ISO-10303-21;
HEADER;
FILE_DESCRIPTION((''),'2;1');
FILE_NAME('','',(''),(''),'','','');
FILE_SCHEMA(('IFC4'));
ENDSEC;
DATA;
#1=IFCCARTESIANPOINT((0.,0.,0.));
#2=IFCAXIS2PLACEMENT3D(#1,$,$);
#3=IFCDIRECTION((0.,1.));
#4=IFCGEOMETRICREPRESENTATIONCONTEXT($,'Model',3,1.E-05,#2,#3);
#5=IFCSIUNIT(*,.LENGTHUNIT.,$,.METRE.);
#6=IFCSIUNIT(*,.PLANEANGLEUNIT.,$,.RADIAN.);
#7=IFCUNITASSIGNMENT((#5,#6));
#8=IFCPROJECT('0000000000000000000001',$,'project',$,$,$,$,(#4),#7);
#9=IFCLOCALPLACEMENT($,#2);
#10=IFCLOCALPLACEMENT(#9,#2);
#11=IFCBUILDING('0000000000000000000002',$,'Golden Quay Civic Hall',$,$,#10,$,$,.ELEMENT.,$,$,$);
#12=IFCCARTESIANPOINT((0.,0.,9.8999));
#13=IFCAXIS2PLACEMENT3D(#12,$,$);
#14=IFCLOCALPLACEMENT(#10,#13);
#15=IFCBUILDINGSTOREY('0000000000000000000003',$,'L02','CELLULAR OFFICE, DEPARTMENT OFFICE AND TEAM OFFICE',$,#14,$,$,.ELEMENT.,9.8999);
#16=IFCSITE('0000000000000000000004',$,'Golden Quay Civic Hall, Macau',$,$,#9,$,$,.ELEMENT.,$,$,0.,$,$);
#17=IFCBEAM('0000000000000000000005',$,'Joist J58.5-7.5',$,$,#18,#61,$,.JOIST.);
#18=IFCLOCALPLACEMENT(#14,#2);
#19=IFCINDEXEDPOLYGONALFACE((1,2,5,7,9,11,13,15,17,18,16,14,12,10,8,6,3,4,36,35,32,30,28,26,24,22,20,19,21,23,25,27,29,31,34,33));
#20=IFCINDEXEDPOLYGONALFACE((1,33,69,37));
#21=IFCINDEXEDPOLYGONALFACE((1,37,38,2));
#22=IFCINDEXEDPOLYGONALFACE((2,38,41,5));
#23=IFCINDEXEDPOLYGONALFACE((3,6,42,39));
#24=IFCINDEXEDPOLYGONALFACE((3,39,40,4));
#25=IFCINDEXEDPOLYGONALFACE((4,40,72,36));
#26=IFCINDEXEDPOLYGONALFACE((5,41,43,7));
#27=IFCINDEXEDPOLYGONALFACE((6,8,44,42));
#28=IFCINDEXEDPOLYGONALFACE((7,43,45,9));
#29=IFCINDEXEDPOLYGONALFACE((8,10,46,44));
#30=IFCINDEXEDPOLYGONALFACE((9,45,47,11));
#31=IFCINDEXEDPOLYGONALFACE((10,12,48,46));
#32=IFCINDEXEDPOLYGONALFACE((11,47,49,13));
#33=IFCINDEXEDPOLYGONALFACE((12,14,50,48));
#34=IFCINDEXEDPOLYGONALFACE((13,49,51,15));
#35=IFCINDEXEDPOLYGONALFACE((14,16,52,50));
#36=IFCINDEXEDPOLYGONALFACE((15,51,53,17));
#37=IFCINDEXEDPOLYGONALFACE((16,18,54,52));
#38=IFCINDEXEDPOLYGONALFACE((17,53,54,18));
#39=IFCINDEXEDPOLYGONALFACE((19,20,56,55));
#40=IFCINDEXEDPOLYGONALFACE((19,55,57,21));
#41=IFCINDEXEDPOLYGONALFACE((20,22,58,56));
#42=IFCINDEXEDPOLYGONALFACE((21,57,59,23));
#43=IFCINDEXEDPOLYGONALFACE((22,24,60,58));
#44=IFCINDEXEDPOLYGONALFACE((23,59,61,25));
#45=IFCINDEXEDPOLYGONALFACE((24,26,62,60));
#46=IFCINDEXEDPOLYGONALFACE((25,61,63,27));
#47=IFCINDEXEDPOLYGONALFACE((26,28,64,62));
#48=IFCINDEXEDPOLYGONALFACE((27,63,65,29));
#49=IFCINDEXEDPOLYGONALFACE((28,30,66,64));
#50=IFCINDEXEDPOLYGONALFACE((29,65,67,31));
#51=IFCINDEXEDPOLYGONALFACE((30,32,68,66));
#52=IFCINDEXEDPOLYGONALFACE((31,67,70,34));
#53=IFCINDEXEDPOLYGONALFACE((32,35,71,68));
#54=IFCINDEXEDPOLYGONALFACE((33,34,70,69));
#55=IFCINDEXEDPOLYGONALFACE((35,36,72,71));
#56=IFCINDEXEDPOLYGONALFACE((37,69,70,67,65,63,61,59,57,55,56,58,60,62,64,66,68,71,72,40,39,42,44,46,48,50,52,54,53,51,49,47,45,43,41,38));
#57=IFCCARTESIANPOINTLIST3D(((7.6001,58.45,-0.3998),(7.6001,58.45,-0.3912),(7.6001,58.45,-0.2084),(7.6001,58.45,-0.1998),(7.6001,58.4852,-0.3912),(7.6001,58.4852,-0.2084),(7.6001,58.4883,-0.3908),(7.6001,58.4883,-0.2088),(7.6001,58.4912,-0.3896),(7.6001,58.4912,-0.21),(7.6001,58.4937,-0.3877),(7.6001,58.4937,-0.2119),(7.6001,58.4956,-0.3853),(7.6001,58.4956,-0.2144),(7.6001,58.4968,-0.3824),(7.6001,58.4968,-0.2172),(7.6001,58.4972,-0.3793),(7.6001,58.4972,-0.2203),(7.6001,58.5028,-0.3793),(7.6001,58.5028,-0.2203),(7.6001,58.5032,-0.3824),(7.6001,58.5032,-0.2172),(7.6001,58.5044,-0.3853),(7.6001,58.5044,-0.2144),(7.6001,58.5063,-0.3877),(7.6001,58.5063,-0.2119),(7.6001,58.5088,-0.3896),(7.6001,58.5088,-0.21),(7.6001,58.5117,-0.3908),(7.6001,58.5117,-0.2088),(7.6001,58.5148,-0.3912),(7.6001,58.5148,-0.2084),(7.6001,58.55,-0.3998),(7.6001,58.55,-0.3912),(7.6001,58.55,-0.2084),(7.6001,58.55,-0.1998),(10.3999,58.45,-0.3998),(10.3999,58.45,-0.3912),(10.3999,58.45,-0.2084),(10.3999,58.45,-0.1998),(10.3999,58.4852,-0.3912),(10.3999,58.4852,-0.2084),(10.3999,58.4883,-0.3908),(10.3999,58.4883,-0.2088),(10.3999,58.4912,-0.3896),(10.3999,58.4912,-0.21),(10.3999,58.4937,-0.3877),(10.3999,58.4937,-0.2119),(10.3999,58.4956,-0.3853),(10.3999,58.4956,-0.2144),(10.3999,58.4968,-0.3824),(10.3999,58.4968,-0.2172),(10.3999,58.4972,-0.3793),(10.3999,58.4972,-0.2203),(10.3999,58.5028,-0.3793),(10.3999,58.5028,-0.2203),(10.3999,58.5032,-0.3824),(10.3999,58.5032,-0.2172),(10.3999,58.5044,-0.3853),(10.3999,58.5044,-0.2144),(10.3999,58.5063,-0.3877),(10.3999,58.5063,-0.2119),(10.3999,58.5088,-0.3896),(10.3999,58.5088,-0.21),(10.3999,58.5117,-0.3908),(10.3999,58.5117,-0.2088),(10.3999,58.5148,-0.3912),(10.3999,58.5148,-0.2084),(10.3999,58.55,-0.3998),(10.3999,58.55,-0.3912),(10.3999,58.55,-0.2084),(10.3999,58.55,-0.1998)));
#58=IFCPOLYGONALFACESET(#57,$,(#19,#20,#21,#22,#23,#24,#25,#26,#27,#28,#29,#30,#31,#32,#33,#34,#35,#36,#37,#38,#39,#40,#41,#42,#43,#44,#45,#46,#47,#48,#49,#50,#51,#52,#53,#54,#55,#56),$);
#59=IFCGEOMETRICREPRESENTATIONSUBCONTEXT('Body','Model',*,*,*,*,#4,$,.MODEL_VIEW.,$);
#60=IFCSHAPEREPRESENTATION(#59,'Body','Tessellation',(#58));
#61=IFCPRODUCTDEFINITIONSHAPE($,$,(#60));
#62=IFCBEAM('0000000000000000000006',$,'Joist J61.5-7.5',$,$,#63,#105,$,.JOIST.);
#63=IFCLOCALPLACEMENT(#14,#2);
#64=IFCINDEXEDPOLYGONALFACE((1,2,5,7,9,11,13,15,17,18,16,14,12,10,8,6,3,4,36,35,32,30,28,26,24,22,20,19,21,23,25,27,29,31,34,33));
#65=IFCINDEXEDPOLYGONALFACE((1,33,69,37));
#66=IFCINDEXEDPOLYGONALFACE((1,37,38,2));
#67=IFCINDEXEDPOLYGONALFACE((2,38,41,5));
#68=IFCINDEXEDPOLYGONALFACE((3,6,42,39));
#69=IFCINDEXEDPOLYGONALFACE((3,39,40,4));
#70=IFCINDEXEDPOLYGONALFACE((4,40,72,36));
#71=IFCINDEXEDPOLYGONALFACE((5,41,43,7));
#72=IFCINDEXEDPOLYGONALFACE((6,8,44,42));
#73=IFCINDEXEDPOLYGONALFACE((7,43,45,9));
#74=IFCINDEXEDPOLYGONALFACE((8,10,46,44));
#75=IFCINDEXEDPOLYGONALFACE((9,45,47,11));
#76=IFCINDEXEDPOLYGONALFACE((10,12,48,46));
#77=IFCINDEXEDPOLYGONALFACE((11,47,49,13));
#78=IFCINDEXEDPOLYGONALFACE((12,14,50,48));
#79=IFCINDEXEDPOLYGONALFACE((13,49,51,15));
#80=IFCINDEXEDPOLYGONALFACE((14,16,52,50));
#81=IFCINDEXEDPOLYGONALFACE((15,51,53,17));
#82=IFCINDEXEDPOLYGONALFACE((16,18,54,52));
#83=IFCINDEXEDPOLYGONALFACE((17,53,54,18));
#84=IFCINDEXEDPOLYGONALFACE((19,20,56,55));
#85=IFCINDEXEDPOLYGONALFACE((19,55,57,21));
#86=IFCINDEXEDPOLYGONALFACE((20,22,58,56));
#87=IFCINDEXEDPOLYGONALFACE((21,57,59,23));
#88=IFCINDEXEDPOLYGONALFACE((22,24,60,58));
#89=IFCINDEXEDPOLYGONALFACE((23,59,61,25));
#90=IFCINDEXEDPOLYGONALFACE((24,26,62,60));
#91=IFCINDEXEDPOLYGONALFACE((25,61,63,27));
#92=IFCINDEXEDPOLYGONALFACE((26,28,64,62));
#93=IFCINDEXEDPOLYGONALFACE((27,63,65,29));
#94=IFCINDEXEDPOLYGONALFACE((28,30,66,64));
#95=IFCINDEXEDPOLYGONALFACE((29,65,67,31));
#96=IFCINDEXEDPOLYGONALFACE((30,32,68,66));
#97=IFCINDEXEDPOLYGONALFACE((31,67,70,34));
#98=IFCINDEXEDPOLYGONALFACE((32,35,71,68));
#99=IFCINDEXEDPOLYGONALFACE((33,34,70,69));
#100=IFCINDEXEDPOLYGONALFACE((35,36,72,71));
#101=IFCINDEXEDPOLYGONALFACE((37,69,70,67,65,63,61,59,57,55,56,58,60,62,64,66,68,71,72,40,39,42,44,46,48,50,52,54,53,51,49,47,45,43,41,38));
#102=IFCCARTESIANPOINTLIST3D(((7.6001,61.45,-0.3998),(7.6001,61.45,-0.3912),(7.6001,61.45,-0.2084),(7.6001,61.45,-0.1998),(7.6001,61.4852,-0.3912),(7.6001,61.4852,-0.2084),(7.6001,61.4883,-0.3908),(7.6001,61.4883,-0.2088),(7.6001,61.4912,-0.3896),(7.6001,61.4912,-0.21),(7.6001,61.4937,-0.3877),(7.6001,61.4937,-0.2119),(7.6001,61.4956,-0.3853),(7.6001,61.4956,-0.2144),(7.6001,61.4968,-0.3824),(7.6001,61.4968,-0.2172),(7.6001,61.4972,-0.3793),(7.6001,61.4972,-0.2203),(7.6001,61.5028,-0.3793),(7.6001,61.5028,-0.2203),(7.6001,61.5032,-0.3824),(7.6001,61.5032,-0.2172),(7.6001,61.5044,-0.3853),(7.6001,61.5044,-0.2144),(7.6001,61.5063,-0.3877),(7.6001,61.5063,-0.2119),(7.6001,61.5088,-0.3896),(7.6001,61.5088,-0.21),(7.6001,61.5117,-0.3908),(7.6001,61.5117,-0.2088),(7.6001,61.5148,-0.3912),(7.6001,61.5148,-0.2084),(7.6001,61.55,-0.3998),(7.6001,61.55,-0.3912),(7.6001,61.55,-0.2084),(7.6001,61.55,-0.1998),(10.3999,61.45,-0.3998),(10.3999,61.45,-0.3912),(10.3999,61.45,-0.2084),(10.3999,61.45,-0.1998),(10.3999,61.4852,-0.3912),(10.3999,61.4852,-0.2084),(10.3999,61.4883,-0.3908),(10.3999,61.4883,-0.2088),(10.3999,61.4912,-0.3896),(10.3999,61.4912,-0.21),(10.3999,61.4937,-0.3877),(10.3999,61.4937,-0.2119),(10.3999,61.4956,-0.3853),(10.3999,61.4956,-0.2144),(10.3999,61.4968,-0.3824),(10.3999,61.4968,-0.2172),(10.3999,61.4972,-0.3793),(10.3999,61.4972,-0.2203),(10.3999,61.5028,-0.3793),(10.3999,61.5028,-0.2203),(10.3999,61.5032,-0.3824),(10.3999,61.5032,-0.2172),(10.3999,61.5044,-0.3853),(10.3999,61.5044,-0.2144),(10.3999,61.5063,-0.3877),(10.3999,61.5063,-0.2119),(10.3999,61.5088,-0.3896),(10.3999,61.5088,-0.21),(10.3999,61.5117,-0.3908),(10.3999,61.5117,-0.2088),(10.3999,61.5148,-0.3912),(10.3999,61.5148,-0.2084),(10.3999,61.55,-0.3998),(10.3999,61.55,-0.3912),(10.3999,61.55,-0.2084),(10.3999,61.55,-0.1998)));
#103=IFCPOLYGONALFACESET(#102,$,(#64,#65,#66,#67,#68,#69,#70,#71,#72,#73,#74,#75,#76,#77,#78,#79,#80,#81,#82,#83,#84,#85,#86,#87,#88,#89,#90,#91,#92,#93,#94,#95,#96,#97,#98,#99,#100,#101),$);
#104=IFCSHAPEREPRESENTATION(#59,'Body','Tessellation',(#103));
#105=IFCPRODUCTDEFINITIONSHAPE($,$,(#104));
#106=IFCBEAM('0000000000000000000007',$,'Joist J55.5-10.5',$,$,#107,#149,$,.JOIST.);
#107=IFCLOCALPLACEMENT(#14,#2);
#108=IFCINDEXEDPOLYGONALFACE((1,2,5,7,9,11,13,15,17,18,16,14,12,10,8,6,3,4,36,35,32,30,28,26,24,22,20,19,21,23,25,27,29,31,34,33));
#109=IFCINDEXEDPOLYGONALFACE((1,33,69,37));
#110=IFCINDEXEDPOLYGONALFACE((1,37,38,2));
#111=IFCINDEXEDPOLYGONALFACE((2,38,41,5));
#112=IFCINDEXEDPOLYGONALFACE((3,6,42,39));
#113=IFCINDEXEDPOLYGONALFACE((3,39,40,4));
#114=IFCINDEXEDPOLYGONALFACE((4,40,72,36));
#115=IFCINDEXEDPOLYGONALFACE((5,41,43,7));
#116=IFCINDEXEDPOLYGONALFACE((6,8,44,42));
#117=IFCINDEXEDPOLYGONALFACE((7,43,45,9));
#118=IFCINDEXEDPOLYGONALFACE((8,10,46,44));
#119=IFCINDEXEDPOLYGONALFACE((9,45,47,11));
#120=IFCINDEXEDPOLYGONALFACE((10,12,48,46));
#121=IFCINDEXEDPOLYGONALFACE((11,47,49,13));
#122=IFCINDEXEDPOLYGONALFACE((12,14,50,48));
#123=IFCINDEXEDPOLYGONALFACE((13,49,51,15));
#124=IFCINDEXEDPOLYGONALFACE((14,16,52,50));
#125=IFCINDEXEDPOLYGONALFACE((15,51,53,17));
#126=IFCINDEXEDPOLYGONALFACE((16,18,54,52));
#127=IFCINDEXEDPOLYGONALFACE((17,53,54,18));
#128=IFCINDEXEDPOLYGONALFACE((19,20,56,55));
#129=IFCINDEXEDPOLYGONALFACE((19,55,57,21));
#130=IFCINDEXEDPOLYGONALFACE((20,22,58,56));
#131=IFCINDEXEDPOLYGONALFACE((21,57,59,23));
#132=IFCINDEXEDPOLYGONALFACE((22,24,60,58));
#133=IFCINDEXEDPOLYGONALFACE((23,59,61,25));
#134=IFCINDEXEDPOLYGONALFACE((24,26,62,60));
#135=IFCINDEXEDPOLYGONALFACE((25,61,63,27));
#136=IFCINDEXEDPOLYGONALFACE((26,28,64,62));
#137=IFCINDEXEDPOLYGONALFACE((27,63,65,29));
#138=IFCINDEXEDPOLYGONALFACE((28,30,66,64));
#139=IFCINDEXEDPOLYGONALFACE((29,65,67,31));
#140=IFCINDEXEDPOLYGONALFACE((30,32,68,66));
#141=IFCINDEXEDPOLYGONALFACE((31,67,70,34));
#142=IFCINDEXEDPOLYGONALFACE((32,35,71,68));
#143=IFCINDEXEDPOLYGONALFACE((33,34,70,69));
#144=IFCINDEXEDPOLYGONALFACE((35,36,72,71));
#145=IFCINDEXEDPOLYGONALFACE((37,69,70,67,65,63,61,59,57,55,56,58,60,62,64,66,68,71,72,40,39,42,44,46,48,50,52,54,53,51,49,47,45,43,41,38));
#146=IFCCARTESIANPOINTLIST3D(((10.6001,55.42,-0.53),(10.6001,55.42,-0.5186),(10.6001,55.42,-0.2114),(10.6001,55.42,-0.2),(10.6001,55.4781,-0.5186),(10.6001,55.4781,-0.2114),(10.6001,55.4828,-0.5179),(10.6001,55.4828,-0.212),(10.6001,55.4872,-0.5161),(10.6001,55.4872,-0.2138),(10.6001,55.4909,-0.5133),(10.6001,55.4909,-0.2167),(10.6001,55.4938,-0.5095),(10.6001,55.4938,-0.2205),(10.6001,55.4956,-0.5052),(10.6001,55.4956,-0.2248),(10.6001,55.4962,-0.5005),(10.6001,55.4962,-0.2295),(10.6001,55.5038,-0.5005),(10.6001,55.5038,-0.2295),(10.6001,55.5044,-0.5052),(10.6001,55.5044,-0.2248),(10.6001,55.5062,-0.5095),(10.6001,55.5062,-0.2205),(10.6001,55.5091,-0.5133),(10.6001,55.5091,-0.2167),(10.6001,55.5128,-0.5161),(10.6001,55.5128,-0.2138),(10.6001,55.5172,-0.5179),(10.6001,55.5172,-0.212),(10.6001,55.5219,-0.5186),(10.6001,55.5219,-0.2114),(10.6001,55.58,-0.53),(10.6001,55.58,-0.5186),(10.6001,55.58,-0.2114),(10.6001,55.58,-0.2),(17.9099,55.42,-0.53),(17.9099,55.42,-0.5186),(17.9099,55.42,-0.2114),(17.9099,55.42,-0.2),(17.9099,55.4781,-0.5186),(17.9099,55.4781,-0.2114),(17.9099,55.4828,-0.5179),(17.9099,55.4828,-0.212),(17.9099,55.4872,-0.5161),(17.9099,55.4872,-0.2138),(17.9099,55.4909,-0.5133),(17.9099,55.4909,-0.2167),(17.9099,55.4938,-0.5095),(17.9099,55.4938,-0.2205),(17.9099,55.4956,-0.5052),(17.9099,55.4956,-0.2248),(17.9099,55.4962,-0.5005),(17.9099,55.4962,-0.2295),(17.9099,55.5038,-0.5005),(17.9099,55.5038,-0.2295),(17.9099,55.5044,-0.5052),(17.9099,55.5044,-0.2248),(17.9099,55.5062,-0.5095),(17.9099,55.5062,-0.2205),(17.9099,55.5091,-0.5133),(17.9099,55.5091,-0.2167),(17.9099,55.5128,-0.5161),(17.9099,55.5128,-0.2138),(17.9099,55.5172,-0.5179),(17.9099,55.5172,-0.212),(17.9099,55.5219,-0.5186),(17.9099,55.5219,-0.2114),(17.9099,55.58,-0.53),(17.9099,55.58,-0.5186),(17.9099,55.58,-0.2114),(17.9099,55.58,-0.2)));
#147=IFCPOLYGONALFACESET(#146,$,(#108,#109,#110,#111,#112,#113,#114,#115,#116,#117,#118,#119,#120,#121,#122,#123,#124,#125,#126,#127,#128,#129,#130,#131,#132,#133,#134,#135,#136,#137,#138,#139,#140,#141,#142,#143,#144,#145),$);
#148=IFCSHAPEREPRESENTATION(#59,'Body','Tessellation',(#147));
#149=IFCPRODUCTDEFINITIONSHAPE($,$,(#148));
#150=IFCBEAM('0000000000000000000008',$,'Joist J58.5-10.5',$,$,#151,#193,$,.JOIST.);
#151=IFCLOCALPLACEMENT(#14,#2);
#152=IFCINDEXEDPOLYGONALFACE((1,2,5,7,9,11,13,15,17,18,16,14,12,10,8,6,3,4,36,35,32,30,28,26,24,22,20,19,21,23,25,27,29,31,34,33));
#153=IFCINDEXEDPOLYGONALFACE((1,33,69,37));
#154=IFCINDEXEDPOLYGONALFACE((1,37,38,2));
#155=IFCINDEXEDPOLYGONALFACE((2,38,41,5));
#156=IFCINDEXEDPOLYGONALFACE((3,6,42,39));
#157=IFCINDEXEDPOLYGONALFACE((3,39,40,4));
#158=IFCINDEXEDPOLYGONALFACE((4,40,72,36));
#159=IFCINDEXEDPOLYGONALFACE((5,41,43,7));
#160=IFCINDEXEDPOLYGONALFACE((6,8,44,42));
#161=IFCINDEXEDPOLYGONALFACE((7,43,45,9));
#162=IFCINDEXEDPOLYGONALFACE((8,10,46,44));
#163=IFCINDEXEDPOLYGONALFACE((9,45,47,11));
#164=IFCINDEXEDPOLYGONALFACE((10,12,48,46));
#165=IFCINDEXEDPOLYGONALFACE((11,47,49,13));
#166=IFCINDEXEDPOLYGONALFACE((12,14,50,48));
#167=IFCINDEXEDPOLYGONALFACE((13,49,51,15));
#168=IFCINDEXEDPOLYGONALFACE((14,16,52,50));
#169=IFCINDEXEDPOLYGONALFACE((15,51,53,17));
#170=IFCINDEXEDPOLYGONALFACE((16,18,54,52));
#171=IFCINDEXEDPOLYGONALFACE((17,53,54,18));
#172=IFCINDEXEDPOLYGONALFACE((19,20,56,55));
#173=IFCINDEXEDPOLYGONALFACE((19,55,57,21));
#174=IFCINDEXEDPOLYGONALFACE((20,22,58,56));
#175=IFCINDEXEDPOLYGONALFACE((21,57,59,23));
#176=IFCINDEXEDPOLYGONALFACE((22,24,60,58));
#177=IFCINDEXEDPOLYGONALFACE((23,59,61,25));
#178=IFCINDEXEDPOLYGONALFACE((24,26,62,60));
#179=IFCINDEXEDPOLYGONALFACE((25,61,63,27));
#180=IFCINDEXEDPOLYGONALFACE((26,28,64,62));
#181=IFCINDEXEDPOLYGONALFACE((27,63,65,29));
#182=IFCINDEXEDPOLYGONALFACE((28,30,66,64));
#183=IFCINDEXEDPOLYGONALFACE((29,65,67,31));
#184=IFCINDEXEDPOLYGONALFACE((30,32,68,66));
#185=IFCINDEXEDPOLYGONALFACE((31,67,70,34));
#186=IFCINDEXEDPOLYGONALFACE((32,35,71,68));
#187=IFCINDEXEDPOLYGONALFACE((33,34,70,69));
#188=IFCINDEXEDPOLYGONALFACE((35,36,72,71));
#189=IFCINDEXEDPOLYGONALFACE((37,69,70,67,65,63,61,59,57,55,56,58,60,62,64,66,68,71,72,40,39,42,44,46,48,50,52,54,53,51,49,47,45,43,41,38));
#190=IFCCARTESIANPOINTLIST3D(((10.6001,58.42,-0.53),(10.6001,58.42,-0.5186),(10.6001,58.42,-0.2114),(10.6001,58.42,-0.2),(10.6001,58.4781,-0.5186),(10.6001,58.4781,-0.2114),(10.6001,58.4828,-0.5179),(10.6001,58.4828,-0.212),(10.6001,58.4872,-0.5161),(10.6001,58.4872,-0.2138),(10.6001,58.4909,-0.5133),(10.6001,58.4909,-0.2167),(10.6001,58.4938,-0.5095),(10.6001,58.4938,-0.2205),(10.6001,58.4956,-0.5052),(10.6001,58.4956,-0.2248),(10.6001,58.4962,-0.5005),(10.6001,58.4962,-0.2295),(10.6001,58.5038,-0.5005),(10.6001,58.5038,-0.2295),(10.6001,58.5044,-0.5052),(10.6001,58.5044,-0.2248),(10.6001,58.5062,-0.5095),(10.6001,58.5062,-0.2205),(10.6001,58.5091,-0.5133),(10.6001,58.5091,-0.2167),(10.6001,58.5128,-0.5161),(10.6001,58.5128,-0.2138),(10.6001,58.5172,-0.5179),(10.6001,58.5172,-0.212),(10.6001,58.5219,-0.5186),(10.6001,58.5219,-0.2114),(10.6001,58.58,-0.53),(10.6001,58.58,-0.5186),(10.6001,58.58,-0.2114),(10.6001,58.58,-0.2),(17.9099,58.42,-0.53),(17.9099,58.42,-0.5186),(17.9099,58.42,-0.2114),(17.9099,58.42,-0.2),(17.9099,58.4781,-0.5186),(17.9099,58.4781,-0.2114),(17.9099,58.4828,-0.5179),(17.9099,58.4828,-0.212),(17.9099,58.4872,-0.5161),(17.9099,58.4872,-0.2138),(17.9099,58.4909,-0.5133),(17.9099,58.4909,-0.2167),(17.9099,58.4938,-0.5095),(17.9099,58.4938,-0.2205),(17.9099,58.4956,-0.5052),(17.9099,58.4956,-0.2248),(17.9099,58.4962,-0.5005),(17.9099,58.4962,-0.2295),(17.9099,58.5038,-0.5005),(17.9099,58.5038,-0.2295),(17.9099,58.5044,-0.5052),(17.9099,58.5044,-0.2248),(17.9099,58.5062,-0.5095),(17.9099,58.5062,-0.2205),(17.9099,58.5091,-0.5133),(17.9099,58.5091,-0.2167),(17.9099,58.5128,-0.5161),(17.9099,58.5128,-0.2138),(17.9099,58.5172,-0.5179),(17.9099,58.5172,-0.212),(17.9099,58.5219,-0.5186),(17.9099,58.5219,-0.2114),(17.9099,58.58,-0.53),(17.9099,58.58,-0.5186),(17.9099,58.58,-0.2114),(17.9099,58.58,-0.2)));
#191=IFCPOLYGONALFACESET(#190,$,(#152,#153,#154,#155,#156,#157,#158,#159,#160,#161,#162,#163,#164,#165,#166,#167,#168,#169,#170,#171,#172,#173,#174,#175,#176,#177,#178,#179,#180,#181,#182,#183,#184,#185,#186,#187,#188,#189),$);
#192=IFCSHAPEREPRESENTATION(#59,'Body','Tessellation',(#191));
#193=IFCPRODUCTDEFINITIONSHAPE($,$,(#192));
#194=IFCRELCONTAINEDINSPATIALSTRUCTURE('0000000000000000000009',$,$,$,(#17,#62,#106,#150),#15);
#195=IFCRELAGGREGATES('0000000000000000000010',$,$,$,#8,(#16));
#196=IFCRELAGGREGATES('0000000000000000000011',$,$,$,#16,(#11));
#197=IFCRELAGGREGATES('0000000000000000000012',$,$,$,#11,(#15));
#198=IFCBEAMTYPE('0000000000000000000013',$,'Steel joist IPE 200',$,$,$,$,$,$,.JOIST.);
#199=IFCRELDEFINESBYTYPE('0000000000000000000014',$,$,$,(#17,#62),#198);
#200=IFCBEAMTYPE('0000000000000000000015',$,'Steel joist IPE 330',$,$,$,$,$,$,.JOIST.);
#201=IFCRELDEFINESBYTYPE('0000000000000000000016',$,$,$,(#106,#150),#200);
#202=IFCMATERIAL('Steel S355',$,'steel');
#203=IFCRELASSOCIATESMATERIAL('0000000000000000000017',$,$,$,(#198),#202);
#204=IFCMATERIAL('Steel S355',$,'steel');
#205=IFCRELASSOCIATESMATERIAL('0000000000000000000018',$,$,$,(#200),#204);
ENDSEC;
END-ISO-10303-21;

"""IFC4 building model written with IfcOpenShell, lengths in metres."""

from ifc_helpers import new_model, si_unit, direction, frame, origin, origin_2d, place, context, subcontext, project, spatial, i_section, extrude, material, material_profile, profile_set, type_object, element, save


model = new_model("IFC4")

# Units and contexts
model_context = context("Model", 3, precision=1e-05, world=origin(), true_north=direction((0.0, 1.0)))
body_context = subcontext(model_context, "Body", "Model", "MODEL_VIEW")
ifc_project = project(units=[si_unit("LENGTHUNIT", "METRE"), si_unit("PLANEANGLEUNIT", "RADIAN")], contexts=[model_context])

# Site, building, storey
site_placement = place(None, origin())
site = spatial("IfcSite", under=ifc_project, at=site_placement, Name="Golden Quay Civic Hall, Macau", CompositionType="ELEMENT", RefElevation=0.0)
building_placement = place(site_placement, origin())
building = spatial("IfcBuilding", under=site, at=building_placement, Name="Golden Quay Civic Hall", CompositionType="ELEMENT")
storey_placement = place(building_placement, frame((0.0, 0.0, 9.8999)))
storey = spatial("IfcBuildingStorey", under=building, at=storey_placement, Name="L02", Description="CELLULAR OFFICE, DEPARTMENT OFFICE AND TEAM OFFICE", CompositionType="ELEMENT", Elevation=9.8999)

# Beams
ifc_material_1 = material(Name="Steel S355", Category="steel")
ifc_material_profile_1 = material_profile(ifc_material_1, i_section(OverallWidth=0.1001, OverallDepth=0.2, WebThickness=0.0056, FlangeThickness=0.0085, FilletRadius=0.012, at=origin_2d()), Name="IPE 200")
ifc_profile_set_1 = profile_set([ifc_material_profile_1], Name="Steel S355")
beam_type_1 = type_object("IfcBeamType", Name="Steel joist IPE 200", PredefinedType="JOIST", material=ifc_profile_set_1)
for number, where, z_axis, x_axis, name in (
    (1, (7.6001, 58.5, -0.2998), (1.0, 0.0, 0.0), (0.0, 1.0, 0.0), "Joist J58.5-7.5"),
    (2, (7.6001, 61.5, -0.2998), (1.0, 0.0, 0.0), (0.0, 1.0, 0.0), "Joist J61.5-7.5"),
):
    element("IfcBeam", number, at=place(storey_placement, frame(where, z_axis=z_axis, x_axis=x_axis)), inside=storey, type_object=beam_type_1, Name=name, PredefinedType="JOIST", context=body_context, shape_type="SweptSolid", body=[
        extrude(i_section(OverallWidth=0.1001, OverallDepth=0.2, WebThickness=0.0056, FlangeThickness=0.0085, FilletRadius=0.012, at=origin_2d()), origin(), (0.0, 0.0, 1.0), 2.7998),
    ])
ifc_material_2 = material(Name="Steel S355", Category="steel")
ifc_material_profile_2 = material_profile(ifc_material_2, i_section(OverallWidth=0.1599, OverallDepth=0.3301, WebThickness=0.0076, FlangeThickness=0.0115, FilletRadius=0.0181, at=origin_2d()), Name="IPE 330")
ifc_profile_set_2 = profile_set([ifc_material_profile_2], Name="Steel S355")
beam_type_2 = type_object("IfcBeamType", Name="Steel joist IPE 330", PredefinedType="JOIST", material=ifc_profile_set_2)
for number, where, z_axis, x_axis, name in (
    (3, (10.6001, 55.5, -0.365), (1.0, 0.0, 0.0), (0.0, 1.0, 0.0), "Joist J55.5-10.5"),
    (4, (10.6001, 58.5, -0.365), (1.0, 0.0, 0.0), (0.0, 1.0, 0.0), "Joist J58.5-10.5"),
):
    element("IfcBeam", number, at=place(storey_placement, frame(where, z_axis=z_axis, x_axis=x_axis)), inside=storey, type_object=beam_type_2, Name=name, PredefinedType="JOIST", context=body_context, shape_type="SweptSolid", body=[
        extrude(i_section(OverallWidth=0.1599, OverallDepth=0.3301, WebThickness=0.0076, FlangeThickness=0.0115, FilletRadius=0.0181, at=origin_2d()), origin(), (0.0, 0.0, 1.0), 7.3098),
    ])

save(model, "model.ifc")
